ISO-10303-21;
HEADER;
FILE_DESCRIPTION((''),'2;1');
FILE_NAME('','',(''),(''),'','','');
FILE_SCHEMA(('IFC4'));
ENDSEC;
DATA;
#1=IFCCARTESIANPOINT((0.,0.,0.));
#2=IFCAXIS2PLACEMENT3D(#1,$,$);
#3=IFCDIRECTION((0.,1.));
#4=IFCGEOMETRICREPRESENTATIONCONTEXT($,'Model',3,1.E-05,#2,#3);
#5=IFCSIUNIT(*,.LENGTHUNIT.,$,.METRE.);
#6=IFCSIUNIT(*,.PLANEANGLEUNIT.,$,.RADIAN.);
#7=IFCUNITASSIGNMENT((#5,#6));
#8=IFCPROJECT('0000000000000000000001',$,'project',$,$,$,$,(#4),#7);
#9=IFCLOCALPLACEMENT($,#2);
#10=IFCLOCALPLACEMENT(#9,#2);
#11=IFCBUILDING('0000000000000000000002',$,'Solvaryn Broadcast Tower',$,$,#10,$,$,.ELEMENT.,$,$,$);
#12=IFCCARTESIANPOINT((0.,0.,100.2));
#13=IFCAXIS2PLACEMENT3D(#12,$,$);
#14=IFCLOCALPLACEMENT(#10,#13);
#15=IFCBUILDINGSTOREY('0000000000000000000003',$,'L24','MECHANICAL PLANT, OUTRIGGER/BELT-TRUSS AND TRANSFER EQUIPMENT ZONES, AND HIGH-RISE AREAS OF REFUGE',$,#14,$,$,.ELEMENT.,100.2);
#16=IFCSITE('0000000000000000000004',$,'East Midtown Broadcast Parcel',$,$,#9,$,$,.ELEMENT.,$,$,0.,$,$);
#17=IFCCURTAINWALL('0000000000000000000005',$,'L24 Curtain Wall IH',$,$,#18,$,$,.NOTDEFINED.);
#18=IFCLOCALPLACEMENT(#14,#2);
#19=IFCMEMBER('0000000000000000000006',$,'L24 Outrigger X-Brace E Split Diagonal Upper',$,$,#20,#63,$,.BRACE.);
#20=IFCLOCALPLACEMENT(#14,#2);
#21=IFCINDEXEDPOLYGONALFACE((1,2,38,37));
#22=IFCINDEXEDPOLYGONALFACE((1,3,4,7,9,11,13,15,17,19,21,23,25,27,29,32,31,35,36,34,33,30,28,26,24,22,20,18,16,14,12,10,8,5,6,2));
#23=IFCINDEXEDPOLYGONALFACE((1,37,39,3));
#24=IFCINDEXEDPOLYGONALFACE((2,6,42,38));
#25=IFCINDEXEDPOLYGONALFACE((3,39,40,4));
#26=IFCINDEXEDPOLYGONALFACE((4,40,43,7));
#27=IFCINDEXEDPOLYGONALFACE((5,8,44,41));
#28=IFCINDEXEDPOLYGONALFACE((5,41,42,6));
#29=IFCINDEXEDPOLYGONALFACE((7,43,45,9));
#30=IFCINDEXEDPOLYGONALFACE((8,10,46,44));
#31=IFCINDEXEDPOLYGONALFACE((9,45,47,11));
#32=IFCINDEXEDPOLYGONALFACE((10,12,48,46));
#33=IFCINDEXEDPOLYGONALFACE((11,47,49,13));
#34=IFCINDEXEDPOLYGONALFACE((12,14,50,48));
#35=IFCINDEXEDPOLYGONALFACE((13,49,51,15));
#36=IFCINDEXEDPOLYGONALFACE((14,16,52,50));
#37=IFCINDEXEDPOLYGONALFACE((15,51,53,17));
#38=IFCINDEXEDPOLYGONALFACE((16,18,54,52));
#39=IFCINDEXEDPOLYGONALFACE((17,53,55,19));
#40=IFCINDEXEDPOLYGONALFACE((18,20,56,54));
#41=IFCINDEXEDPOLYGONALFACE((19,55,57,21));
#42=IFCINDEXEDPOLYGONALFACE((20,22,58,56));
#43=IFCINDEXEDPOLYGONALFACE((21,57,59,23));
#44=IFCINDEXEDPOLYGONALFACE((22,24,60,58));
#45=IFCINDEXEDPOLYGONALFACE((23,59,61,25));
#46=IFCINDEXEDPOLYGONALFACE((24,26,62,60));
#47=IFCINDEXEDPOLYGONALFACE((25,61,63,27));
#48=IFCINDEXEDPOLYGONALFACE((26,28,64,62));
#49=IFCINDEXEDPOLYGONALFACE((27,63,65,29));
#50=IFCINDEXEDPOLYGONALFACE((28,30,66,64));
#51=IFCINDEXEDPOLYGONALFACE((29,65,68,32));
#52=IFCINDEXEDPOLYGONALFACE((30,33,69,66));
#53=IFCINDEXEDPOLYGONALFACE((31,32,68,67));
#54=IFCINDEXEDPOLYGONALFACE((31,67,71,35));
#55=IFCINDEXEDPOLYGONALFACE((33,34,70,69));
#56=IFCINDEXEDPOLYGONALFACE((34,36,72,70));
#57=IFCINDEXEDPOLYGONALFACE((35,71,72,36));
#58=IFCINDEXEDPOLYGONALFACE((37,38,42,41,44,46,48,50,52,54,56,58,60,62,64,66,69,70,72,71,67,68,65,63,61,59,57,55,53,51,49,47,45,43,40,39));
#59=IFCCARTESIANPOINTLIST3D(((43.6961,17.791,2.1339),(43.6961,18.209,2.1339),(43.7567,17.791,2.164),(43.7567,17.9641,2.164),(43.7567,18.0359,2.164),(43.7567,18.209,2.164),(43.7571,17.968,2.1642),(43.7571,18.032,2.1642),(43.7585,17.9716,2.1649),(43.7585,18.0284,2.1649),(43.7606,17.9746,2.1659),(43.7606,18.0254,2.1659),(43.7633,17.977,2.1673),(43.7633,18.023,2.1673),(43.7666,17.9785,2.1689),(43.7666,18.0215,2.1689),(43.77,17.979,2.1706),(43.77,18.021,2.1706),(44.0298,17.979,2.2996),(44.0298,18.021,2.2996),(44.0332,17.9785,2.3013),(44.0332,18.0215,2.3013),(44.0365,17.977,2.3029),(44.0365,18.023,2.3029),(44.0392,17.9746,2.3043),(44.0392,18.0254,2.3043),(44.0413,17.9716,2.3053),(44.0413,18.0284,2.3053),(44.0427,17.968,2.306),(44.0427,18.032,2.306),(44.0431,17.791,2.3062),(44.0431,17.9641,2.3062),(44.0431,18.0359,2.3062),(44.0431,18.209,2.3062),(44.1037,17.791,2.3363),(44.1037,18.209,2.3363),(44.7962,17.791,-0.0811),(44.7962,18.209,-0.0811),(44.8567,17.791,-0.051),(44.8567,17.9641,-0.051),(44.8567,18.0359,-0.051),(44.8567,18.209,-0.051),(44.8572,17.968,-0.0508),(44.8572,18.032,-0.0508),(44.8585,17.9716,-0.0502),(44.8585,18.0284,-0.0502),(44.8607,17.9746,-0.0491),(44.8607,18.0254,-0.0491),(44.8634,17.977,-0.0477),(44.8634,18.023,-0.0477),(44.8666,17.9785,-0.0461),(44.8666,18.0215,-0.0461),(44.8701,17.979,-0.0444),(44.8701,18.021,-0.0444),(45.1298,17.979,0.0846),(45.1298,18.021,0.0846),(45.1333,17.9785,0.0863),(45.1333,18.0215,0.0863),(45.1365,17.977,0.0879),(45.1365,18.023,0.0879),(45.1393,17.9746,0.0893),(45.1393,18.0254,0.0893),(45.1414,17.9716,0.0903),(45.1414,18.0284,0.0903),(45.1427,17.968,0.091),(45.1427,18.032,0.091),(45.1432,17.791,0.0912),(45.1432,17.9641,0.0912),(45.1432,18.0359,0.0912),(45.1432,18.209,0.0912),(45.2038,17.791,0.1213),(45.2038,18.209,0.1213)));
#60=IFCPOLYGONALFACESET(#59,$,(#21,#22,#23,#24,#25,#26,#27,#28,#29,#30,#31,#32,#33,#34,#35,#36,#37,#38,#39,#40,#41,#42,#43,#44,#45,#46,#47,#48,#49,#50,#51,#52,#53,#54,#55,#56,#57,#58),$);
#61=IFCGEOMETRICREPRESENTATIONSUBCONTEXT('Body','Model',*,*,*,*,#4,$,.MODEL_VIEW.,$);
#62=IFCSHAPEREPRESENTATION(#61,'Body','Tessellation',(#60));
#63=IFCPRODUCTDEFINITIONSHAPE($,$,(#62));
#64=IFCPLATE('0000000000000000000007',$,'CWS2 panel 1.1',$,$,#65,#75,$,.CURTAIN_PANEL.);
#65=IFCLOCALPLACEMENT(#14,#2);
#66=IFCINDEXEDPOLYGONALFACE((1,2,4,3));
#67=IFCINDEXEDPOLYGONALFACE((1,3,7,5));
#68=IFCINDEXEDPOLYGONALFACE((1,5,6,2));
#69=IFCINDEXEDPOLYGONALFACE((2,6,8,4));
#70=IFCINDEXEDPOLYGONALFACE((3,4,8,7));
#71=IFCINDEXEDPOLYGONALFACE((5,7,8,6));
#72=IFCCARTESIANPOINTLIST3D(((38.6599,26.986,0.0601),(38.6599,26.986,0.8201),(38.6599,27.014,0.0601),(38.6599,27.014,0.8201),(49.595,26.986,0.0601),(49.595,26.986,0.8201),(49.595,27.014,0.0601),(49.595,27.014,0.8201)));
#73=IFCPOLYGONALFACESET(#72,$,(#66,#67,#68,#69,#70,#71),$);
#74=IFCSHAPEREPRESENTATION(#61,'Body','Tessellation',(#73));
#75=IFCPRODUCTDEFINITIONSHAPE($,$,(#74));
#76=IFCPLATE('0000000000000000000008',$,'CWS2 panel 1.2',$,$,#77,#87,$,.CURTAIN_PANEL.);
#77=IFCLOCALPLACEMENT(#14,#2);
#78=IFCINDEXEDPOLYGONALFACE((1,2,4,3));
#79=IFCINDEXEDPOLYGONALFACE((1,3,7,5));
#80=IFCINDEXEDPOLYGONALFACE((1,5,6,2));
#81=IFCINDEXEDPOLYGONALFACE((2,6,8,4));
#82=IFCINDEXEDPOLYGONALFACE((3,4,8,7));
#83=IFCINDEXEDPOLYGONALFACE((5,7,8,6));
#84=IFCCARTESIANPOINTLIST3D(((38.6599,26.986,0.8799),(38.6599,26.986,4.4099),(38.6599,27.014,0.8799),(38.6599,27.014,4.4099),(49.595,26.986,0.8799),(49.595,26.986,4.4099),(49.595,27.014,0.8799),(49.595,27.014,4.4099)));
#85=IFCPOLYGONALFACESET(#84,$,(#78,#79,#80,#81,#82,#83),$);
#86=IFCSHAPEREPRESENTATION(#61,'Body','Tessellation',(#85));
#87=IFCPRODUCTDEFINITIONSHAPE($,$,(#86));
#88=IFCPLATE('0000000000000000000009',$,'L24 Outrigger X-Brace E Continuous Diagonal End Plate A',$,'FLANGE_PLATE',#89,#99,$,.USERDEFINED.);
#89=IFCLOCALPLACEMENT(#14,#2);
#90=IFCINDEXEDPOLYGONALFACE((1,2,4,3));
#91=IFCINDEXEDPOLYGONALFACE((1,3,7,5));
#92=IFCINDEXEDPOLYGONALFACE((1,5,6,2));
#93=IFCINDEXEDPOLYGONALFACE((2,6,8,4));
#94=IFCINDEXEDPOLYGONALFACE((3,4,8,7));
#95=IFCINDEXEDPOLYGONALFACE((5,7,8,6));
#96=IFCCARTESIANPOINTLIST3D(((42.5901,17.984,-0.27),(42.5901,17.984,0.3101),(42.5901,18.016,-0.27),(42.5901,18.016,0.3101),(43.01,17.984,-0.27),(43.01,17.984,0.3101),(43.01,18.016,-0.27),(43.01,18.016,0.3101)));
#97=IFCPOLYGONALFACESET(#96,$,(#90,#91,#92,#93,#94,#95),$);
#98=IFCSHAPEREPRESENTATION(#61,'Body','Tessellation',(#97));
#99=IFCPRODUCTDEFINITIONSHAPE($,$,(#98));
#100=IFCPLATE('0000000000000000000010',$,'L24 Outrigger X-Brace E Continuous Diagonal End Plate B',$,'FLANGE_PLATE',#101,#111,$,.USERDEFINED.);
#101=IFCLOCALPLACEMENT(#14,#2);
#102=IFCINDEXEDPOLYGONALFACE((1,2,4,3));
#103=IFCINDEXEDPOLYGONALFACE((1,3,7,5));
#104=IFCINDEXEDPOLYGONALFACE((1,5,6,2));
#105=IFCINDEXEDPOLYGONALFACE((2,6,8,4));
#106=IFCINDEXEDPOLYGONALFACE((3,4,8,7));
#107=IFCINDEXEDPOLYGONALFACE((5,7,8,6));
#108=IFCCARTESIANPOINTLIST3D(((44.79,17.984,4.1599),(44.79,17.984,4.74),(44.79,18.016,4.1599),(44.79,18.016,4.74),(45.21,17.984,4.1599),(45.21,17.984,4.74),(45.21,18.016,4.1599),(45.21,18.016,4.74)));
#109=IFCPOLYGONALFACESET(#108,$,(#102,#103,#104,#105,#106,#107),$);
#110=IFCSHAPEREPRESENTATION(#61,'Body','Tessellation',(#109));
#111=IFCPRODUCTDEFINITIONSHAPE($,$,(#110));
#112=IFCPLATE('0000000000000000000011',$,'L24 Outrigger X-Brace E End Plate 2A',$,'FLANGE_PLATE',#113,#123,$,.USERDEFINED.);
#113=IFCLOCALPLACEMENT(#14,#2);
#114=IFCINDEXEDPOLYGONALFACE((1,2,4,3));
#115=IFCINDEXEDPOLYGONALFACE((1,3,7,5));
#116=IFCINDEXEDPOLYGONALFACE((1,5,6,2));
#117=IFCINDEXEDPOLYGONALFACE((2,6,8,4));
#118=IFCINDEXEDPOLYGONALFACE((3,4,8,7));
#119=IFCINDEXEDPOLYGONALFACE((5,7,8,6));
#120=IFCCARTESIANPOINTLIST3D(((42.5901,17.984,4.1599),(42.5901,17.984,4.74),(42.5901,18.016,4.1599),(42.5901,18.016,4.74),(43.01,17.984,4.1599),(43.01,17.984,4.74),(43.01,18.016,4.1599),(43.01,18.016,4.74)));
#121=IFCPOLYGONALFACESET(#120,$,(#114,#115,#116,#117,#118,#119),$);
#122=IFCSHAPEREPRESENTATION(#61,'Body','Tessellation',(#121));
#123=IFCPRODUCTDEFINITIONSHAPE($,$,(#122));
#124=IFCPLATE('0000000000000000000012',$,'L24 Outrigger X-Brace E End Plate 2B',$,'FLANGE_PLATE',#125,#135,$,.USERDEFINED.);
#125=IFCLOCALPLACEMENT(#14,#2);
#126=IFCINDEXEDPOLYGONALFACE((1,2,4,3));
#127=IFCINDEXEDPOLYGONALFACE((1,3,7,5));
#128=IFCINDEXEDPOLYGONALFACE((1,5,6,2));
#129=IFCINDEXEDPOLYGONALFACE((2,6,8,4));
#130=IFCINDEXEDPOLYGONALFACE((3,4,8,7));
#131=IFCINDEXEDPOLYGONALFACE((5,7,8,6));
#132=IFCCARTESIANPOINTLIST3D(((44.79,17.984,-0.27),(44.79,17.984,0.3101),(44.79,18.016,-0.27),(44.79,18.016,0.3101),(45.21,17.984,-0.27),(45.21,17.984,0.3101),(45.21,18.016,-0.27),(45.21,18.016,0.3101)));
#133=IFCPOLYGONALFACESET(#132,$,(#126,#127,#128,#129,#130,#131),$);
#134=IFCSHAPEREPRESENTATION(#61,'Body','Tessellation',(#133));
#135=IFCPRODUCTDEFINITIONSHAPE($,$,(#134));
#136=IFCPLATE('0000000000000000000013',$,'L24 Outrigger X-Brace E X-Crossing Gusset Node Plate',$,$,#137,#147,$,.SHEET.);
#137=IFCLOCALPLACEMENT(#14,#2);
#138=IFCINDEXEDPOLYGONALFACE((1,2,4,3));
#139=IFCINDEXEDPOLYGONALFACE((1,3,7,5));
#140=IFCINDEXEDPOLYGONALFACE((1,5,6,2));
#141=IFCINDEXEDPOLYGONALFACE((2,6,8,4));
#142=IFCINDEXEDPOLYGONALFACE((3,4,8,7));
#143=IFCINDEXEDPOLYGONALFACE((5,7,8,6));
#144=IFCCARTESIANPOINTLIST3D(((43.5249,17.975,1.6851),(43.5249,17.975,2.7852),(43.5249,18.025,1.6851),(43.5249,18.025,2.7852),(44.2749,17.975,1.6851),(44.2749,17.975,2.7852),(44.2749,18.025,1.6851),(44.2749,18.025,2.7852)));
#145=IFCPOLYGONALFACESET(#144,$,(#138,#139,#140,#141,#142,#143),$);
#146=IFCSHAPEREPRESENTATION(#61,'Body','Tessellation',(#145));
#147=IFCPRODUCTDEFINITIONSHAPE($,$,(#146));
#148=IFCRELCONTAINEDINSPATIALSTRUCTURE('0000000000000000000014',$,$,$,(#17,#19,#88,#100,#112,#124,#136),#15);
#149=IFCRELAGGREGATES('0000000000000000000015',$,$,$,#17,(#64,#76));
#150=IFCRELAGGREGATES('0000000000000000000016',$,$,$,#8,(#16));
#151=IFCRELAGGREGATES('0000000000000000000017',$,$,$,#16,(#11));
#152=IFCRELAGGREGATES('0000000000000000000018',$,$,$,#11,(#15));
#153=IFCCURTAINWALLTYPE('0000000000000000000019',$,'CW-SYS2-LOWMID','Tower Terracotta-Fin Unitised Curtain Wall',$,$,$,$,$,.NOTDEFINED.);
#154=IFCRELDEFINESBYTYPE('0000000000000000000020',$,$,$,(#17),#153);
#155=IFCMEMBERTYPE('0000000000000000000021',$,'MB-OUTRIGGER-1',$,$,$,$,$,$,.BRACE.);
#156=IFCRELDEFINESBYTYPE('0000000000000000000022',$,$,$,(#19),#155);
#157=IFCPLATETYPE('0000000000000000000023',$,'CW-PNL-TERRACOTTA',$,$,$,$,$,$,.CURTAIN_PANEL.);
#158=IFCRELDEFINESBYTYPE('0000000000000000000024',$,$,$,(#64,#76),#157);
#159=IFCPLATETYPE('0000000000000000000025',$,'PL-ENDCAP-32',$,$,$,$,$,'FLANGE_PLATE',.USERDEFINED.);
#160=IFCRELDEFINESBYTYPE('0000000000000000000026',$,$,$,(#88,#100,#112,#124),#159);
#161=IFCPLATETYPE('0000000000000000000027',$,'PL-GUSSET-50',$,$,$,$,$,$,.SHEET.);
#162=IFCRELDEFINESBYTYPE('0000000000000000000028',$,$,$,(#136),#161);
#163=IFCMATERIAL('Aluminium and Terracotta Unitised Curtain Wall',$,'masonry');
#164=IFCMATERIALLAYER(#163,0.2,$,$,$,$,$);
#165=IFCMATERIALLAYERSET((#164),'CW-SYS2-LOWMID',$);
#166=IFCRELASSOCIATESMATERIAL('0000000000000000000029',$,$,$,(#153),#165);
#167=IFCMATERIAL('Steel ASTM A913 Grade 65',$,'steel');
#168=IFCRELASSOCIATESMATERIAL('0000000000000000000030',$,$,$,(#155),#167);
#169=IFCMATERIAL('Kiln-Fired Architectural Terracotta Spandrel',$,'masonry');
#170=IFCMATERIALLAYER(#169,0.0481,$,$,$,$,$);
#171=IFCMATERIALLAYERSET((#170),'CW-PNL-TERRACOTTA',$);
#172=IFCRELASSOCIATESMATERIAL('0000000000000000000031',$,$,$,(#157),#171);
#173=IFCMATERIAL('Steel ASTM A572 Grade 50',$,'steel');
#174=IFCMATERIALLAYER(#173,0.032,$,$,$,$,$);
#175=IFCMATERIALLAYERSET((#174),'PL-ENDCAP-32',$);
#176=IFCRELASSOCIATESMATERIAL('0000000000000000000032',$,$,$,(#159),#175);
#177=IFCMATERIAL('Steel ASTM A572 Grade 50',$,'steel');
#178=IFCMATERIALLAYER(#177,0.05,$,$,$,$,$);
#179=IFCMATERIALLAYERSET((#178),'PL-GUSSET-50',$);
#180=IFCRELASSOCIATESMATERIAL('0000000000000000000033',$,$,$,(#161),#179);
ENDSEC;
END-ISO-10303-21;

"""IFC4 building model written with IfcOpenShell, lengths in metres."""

from ifc_helpers import new_model, si_unit, direction, frame, origin, origin_2d, place, context, subcontext, project, spatial, rectangle, i_section, extrude, material, layer, layer_set, material_profile, profile_set, type_object, element, aggregate, save


model = new_model("IFC4")

# Units and contexts
model_context = context("Model", 3, precision=1e-05, world=origin(), true_north=direction((0.0, 1.0)))
body_context = subcontext(model_context, "Body", "Model", "MODEL_VIEW")
ifc_project = project(units=[si_unit("LENGTHUNIT", "METRE"), si_unit("PLANEANGLEUNIT", "RADIAN")], contexts=[model_context])

# Site, building, storey
site_placement = place(None, origin())
site = spatial("IfcSite", under=ifc_project, at=site_placement, Name="East Midtown Broadcast Parcel", CompositionType="ELEMENT", RefElevation=0.0)
building_placement = place(site_placement, origin())
building = spatial("IfcBuilding", under=site, at=building_placement, Name="Solvaryn Broadcast Tower", CompositionType="ELEMENT")
storey_placement = place(building_placement, frame((0.0, 0.0, 100.2)))
storey = spatial("IfcBuildingStorey", under=building, at=storey_placement, Name="L24", Description="MECHANICAL PLANT, OUTRIGGER/BELT-TRUSS AND TRANSFER EQUIPMENT ZONES, AND HIGH-RISE AREAS OF REFUGE", CompositionType="ELEMENT", Elevation=100.2)

# Curtain wall
ifc_material_1 = material(Name="Aluminium and Terracotta Unitised Curtain Wall", Category="masonry")
ifc_layer_1 = layer(ifc_material_1, 0.2)
ifc_layer_set_1 = layer_set([ifc_layer_1], Name="CW-SYS2-LOWMID")
curtain_wall_type = type_object("IfcCurtainWallType", Name="CW-SYS2-LOWMID", Description="Tower Terracotta-Fin Unitised Curtain Wall", PredefinedType="NOTDEFINED", material=ifc_layer_set_1)
curtain_wall_placement = place(storey_placement, origin())
curtain_wall = element("IfcCurtainWall", 1, at=curtain_wall_placement, inside=storey, type_object=curtain_wall_type, Name="L24 Curtain Wall IH", PredefinedType="NOTDEFINED")

# Member
ifc_material_2 = material(Name="Steel ASTM A913 Grade 65", Category="steel")
ifc_material_profile_1 = material_profile(ifc_material_2, i_section(OverallWidth=0.418, OverallDepth=0.4551, WebThickness=0.042, FlangeThickness=0.0676, FilletRadius=0.0149, at=origin_2d()))
ifc_profile_set_1 = profile_set([ifc_material_profile_1], Name="Steel ASTM A913 Grade 65")
member_type_1 = type_object("IfcMemberType", Name="MB-OUTRIGGER-1", PredefinedType="BRACE", material=ifc_profile_set_1)
member_1_placement = place(storey_placement, frame((43.8999, 18.0, 2.2351), z_axis=(0.444803, 0.0, -0.895628), x_axis=(0.0, 1.0, 0.0)))
element("IfcMember", 2, at=member_1_placement, inside=storey, type_object=member_type_1, Name="L24 Outrigger X-Brace E Split Diagonal Upper", PredefinedType="BRACE", context=body_context, shape_type="SweptSolid", body=[
    extrude(i_section(OverallWidth=0.418, OverallDepth=0.4551, WebThickness=0.042, FlangeThickness=0.0676, FilletRadius=0.0149, at=origin_2d()), origin(), (0.0, 0.0, 1.0), 2.4731),
])

# Plates
ifc_material_3 = material(Name="Kiln-Fired Architectural Terracotta Spandrel", Category="masonry")
ifc_layer_2 = layer(ifc_material_3, 0.0481)
ifc_layer_set_2 = layer_set([ifc_layer_2], Name="CW-PNL-TERRACOTTA")
plate_type_1 = type_object("IfcPlateType", Name="CW-PNL-TERRACOTTA", PredefinedType="CURTAIN_PANEL", material=ifc_layer_set_2)
plate_1_placement = place(storey_placement, frame((44.1274, 27.0, 0.0601), z_axis=(0.0, 0.0, 1.0), x_axis=(1.0, 0.0, 0.0)))
plate_1 = element("IfcPlate", 3, at=plate_1_placement, type_object=plate_type_1, Name="CWS2 panel 1.1", PredefinedType="CURTAIN_PANEL", context=body_context, shape_type="SweptSolid", body=[
    extrude(rectangle(XDim=10.9351, YDim=0.0281, at=origin_2d()), origin(), (0.0, 0.0, 1.0), 0.76),
])
plate_2_placement = place(storey_placement, frame((44.1274, 27.0, 0.8799), z_axis=(0.0, 0.0, 1.0), x_axis=(1.0, 0.0, 0.0)))
plate_2 = element("IfcPlate", 4, at=plate_2_placement, type_object=plate_type_1, Name="CWS2 panel 1.2", PredefinedType="CURTAIN_PANEL", context=body_context, shape_type="SweptSolid", body=[
    extrude(rectangle(XDim=10.9351, YDim=0.0281, at=origin_2d()), origin(), (0.0, 0.0, 1.0), 3.53),
])
aggregate(curtain_wall, [plate_1, plate_2])

# Plates
ifc_material_4 = material(Name="Steel ASTM A572 Grade 50", Category="steel")
ifc_layer_3 = layer(ifc_material_4, 0.032)
ifc_layer_set_3 = layer_set([ifc_layer_3], Name="PL-ENDCAP-32")
plate_type_2 = type_object("IfcPlateType", Name="PL-ENDCAP-32", ElementType="FLANGE_PLATE", PredefinedType="USERDEFINED", material=ifc_layer_set_3)
for number, where, z_axis, x_axis, name in (
    (5, (42.8, 18.0, -0.27), (0.0, 0.0, 1.0), (1.0, 0.0, 0.0), "L24 Outrigger X-Brace E Continuous Diagonal End Plate A"),
    (6, (45.0, 18.0, 4.1599), (0.0, 0.0, 1.0), (1.0, 0.0, 0.0), "L24 Outrigger X-Brace E Continuous Diagonal End Plate B"),
    (7, (42.8, 18.0, 4.1599), (0.0, 0.0, 1.0), (1.0, 0.0, 0.0), "L24 Outrigger X-Brace E End Plate 2A"),
    (8, (45.0, 18.0, -0.27), (0.0, 0.0, 1.0), (1.0, 0.0, 0.0), "L24 Outrigger X-Brace E End Plate 2B"),
):
    element("IfcPlate", number, at=place(storey_placement, frame(where, z_axis=z_axis, x_axis=x_axis)), inside=storey, type_object=plate_type_2, Name=name, ObjectType="FLANGE_PLATE", PredefinedType="USERDEFINED", context=body_context, shape_type="SweptSolid", body=[
        extrude(rectangle(XDim=0.4199, YDim=0.032, at=origin_2d()), origin(), (0.0, 0.0, 1.0), 0.5801),
    ])
ifc_material_5 = material(Name="Steel ASTM A572 Grade 50", Category="steel")
ifc_layer_4 = layer(ifc_material_5, 0.05)
ifc_layer_set_4 = layer_set([ifc_layer_4], Name="PL-GUSSET-50")
plate_type_3 = type_object("IfcPlateType", Name="PL-GUSSET-50", PredefinedType="SHEET", material=ifc_layer_set_4)
plate_3_placement = place(storey_placement, frame((43.8999, 18.0, 1.6851), z_axis=(0.0, 0.0, 1.0), x_axis=(1.0, 0.0, 0.0)))
element("IfcPlate", 9, at=plate_3_placement, inside=storey, type_object=plate_type_3, Name="L24 Outrigger X-Brace E X-Crossing Gusset Node Plate", PredefinedType="SHEET", context=body_context, shape_type="SweptSolid", body=[
    extrude(rectangle(XDim=0.75, YDim=0.05, at=origin_2d()), origin(), (0.0, 0.0, 1.0), 1.1001),
])

save(model, "model.ifc")
